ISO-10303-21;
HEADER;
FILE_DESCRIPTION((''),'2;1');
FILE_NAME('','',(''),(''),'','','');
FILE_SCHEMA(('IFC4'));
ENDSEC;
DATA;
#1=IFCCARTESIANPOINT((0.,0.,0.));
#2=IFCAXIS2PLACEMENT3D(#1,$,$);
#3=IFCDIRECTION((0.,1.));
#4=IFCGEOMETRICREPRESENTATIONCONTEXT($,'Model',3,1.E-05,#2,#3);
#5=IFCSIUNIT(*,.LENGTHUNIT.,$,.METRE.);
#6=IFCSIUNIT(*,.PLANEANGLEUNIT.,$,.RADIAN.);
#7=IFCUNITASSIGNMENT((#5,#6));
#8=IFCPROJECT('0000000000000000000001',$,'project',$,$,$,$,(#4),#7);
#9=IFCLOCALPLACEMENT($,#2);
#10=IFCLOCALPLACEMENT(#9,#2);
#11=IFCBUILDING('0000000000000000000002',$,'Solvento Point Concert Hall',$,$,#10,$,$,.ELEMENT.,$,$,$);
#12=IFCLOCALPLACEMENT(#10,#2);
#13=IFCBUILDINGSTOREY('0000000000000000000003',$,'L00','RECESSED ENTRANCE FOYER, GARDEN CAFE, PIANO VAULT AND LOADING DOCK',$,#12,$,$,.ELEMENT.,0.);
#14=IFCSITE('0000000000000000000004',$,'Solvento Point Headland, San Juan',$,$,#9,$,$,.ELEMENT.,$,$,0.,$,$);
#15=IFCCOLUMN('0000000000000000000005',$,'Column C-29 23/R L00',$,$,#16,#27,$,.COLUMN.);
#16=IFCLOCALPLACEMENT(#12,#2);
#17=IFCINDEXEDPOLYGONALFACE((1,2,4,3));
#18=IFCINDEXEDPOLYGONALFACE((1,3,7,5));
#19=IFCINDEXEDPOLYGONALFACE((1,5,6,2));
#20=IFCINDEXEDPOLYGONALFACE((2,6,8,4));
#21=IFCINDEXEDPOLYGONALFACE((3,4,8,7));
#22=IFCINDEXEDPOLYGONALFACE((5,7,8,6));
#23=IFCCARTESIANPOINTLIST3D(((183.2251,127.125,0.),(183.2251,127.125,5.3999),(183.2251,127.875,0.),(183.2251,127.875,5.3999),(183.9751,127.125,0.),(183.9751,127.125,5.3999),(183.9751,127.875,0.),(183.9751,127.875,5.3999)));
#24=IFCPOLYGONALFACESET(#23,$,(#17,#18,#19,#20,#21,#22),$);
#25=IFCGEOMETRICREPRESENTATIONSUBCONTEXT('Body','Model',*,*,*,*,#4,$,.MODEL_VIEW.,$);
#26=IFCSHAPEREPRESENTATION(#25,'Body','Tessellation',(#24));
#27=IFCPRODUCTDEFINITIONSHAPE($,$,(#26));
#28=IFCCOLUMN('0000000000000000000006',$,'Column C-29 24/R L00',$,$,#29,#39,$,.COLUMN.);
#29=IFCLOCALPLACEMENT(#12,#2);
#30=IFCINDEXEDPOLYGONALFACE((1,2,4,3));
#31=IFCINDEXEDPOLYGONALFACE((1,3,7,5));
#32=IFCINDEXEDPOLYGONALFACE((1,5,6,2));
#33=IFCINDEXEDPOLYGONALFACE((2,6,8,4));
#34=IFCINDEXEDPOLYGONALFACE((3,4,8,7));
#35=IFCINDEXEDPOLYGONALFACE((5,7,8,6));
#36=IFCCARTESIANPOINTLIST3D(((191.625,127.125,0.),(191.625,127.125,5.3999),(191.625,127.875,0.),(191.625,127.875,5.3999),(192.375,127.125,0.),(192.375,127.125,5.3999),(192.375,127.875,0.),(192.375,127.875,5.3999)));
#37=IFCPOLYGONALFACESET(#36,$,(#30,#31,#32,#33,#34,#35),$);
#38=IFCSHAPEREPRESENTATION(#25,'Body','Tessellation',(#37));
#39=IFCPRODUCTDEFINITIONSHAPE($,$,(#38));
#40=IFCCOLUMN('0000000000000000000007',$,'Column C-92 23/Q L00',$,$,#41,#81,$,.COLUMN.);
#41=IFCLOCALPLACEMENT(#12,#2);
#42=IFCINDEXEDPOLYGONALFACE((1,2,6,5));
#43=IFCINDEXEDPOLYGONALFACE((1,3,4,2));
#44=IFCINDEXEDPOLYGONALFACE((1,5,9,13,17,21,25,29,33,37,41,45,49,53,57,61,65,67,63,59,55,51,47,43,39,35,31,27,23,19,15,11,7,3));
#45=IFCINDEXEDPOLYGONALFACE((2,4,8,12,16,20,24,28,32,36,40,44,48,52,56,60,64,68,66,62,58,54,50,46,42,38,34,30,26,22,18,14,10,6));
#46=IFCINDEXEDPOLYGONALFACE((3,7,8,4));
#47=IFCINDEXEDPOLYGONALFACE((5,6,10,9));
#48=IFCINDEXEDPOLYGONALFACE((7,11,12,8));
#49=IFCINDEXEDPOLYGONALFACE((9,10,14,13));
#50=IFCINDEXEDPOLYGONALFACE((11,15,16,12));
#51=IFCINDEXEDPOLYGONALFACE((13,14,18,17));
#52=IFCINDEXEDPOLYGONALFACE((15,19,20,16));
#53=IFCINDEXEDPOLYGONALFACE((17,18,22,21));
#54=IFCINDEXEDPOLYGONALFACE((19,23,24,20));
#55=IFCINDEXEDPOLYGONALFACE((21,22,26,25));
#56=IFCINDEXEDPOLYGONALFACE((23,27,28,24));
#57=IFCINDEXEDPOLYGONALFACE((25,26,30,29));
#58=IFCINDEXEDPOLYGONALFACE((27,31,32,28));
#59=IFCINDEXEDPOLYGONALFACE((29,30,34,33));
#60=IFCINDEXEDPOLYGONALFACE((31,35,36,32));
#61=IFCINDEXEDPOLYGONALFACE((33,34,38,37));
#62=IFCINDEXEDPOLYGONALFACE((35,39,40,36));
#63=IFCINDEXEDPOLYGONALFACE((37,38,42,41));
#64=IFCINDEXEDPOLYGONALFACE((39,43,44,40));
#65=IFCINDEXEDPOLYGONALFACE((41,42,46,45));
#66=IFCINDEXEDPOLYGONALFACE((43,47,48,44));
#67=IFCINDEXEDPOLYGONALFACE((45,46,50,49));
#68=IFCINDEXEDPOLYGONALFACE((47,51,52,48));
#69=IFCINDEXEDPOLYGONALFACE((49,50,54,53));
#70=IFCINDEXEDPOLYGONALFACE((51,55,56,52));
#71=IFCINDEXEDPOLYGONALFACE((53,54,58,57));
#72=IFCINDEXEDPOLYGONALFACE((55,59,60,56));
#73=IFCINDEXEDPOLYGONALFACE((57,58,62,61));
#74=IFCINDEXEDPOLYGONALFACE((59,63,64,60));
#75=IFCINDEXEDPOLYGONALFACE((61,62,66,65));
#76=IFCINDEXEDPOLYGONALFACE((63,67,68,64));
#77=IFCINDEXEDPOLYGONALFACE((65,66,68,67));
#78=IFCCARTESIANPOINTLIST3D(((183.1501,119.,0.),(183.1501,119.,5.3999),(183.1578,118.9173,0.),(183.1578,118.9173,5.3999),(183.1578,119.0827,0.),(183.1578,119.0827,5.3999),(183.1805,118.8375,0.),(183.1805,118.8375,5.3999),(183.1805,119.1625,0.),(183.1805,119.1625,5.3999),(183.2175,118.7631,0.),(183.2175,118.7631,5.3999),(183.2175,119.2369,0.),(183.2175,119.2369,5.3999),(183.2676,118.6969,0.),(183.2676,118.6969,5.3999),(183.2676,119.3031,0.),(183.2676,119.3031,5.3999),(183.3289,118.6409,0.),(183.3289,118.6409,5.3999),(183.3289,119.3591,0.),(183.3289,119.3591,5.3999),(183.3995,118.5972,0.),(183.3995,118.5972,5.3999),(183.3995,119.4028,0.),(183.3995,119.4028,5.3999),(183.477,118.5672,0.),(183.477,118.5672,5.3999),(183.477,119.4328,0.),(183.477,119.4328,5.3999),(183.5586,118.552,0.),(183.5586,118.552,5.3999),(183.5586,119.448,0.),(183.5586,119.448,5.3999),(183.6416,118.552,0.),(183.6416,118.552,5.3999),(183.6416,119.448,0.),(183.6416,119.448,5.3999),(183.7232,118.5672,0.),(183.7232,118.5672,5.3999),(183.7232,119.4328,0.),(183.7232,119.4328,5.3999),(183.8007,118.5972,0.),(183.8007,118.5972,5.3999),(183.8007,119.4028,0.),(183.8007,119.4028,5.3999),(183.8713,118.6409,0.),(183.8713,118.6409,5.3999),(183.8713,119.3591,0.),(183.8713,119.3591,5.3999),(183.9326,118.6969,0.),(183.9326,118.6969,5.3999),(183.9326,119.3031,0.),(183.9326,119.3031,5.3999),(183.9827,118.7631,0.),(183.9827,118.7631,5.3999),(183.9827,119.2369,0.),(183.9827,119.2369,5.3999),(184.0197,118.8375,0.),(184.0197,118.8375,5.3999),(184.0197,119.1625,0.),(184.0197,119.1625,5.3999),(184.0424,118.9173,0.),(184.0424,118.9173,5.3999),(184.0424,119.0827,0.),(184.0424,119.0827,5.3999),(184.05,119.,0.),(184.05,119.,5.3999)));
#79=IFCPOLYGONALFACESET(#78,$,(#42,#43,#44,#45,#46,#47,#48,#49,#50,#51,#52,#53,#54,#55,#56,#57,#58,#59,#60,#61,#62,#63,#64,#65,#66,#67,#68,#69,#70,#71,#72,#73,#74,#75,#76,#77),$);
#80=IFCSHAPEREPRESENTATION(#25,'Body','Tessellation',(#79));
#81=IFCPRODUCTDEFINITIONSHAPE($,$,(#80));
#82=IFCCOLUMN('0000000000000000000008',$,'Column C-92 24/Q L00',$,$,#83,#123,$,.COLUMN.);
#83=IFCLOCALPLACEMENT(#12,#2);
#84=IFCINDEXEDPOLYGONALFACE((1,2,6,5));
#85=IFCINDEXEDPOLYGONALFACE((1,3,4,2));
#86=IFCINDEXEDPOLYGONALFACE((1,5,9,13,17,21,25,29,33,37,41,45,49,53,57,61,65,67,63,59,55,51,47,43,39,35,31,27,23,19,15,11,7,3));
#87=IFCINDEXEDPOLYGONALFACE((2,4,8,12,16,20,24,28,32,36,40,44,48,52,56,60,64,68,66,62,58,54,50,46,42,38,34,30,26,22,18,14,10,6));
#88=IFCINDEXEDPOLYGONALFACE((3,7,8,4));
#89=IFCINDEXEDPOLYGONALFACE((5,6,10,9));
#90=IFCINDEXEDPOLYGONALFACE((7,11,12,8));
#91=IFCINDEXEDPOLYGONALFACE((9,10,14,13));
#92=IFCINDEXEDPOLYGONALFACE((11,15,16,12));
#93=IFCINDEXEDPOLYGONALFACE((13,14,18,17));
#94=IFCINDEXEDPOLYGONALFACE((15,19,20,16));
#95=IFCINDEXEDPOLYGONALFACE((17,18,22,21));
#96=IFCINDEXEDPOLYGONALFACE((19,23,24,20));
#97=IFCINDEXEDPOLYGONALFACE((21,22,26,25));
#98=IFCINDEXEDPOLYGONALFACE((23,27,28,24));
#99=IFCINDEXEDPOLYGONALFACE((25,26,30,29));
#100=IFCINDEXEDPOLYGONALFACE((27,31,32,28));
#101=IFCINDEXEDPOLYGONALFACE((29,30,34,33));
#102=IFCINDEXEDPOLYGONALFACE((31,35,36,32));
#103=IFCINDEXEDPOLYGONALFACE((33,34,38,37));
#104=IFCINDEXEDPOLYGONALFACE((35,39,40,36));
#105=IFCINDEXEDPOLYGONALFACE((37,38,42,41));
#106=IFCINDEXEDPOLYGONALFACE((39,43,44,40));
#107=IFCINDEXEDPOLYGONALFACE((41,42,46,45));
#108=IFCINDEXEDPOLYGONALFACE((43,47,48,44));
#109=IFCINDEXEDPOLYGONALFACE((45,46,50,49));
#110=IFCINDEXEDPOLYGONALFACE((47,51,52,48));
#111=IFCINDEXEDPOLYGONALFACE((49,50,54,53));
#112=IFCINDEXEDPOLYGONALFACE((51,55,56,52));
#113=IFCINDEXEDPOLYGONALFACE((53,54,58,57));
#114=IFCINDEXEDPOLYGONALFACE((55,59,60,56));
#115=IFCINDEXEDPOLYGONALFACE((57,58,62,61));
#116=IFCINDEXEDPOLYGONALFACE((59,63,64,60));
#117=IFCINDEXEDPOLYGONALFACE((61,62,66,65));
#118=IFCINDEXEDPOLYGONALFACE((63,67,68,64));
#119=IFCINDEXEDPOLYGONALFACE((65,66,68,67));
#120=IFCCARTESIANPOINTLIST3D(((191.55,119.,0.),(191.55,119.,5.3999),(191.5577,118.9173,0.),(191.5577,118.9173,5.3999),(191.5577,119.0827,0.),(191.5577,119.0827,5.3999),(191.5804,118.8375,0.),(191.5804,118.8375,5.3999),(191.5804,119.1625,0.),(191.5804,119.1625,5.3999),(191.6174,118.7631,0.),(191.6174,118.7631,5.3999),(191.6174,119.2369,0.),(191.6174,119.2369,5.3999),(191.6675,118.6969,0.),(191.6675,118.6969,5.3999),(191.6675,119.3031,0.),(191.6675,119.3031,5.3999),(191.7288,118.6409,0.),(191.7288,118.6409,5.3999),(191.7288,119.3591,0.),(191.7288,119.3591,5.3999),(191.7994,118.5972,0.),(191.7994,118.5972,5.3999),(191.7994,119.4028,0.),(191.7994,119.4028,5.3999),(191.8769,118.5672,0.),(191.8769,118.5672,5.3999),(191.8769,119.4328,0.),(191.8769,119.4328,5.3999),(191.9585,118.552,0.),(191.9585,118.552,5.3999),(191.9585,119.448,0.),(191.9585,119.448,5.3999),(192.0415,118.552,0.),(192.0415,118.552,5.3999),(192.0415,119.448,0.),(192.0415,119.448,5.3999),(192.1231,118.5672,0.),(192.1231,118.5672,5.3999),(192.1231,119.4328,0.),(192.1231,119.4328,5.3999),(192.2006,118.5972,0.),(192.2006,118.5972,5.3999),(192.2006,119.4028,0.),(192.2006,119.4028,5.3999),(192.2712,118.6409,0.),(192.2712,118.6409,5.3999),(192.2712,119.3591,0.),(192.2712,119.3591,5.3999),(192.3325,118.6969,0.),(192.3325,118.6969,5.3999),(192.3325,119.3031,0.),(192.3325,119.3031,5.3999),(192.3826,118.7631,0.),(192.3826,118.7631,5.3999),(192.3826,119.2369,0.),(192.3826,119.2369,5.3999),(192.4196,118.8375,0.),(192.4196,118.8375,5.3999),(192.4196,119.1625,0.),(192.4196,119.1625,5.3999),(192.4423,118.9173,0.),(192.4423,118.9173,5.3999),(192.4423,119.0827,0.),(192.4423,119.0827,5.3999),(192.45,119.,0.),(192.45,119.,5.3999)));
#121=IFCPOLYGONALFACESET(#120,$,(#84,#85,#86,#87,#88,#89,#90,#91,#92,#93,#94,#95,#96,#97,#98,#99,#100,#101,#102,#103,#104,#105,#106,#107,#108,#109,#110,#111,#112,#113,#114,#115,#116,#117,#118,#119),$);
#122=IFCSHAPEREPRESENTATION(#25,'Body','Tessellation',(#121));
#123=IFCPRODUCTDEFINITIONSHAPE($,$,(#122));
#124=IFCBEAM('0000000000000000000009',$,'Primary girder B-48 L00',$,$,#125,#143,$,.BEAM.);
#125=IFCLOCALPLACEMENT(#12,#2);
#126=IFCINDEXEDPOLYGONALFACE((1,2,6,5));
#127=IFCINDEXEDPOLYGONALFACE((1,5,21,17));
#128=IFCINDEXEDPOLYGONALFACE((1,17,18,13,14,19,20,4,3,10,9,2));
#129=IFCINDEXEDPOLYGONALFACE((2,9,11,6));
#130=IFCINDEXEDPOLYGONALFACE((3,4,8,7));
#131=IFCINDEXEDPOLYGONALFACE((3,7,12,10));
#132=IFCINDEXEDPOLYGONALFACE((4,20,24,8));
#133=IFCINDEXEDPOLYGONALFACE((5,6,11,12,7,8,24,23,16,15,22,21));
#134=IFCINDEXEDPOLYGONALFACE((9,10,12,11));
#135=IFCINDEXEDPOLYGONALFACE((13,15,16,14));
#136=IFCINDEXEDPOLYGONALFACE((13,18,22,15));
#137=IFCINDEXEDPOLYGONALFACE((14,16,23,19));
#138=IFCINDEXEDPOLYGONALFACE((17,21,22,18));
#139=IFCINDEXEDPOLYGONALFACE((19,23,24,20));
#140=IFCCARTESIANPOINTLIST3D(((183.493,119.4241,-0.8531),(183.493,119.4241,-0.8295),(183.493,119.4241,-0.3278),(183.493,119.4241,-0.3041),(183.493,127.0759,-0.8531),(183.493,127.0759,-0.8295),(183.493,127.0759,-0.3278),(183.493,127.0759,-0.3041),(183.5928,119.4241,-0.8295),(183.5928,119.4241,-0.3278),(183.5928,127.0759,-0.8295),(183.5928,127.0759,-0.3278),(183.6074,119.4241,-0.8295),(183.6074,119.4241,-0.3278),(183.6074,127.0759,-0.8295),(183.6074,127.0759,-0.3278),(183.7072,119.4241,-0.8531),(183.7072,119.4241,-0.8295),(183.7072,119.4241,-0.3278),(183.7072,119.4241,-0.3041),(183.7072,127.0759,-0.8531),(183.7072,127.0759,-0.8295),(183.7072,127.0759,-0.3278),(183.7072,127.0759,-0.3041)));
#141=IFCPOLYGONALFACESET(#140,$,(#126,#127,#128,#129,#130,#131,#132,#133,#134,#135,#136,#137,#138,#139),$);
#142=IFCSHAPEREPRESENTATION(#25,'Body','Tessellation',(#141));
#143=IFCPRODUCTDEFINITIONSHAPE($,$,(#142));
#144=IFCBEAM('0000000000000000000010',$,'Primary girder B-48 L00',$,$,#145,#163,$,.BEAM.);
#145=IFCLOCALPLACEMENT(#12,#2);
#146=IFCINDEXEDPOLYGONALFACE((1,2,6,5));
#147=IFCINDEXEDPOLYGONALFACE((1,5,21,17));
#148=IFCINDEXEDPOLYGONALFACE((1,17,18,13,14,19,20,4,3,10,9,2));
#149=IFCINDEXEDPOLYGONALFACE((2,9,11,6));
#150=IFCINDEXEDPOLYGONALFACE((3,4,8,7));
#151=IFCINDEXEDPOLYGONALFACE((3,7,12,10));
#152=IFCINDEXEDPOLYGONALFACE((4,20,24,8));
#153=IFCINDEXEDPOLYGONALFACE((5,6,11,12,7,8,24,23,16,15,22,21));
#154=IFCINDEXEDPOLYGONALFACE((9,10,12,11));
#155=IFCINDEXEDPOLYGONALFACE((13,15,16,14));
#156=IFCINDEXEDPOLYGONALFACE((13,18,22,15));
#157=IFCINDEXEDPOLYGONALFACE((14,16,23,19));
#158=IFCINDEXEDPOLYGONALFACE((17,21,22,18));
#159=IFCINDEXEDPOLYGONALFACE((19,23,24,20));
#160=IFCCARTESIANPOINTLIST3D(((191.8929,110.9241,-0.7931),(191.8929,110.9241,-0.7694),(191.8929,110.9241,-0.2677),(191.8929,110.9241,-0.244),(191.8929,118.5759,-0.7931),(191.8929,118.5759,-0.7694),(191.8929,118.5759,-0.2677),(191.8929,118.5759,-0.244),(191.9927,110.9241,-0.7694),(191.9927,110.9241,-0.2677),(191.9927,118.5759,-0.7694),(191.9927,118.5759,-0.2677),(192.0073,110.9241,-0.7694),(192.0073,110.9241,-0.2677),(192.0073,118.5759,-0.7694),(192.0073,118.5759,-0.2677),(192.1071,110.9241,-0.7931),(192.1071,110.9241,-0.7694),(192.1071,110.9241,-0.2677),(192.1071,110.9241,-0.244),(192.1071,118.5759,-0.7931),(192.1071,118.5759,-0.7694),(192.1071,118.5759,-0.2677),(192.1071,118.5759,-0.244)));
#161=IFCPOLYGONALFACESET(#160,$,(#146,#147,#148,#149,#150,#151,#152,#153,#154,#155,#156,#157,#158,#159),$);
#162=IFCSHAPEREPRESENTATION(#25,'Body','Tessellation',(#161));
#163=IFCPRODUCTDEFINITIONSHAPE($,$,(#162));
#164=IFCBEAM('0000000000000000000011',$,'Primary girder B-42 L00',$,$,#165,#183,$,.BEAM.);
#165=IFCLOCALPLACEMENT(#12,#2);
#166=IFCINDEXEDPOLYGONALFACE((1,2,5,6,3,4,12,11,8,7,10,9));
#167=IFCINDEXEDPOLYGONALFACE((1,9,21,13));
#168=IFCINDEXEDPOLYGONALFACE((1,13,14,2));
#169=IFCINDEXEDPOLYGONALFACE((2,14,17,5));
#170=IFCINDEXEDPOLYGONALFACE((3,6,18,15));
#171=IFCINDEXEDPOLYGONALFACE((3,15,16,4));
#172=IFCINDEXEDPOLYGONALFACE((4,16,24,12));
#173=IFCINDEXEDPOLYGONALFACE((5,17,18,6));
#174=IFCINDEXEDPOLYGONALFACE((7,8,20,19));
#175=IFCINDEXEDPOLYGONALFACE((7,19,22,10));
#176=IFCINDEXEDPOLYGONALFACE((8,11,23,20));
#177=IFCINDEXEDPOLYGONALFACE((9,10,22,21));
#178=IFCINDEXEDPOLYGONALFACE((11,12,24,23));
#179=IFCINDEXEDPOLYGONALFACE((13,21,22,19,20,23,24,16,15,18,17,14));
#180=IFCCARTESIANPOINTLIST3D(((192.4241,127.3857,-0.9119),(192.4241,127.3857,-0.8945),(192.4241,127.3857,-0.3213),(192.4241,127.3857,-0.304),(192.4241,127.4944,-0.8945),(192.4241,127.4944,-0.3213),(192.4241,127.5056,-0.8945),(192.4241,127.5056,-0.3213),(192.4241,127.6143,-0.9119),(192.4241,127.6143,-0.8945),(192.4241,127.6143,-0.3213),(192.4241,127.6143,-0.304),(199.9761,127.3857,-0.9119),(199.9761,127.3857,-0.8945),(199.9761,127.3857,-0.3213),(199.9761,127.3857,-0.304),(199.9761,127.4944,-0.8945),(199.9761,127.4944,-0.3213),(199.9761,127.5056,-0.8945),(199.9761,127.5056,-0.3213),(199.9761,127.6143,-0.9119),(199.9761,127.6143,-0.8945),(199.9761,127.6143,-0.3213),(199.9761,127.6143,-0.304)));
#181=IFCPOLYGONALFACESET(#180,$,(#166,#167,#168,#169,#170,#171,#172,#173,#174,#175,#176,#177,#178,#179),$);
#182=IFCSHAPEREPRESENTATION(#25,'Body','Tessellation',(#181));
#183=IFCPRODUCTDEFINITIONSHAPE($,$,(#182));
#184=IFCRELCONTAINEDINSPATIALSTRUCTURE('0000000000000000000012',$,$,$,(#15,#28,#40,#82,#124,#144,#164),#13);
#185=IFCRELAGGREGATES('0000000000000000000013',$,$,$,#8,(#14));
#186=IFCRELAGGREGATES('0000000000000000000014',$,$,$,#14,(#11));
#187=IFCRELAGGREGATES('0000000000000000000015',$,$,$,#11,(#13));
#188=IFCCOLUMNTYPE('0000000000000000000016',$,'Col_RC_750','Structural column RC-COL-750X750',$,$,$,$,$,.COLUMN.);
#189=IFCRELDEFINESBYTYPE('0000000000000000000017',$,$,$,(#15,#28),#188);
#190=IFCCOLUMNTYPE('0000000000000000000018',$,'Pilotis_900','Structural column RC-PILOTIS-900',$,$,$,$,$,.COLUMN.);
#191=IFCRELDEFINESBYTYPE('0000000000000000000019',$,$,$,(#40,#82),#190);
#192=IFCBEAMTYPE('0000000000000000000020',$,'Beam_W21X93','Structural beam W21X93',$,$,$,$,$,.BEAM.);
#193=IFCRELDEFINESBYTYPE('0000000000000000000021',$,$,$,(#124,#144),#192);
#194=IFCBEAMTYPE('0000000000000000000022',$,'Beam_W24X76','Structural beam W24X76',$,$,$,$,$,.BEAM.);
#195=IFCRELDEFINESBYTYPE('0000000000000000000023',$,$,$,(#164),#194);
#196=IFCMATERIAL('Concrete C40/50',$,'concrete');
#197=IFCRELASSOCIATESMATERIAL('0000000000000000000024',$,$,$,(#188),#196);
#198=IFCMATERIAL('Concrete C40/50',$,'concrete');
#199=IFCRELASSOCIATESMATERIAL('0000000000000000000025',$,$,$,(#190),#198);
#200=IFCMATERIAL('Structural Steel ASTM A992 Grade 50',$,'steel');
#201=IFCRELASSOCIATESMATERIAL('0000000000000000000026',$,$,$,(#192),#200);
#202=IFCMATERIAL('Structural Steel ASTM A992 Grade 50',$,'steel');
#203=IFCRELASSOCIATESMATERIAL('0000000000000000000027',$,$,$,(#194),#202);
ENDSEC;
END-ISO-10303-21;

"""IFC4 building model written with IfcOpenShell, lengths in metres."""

from ifc_helpers import new_model, si_unit, direction, frame, origin, origin_2d, place, context, subcontext, project, spatial, rectangle, circle, i_section, extrude, material, material_profile, profile_set, type_object, element, save


model = new_model("IFC4")

# Units and contexts
model_context = context("Model", 3, precision=1e-05, world=origin(), true_north=direction((0.0, 1.0)))
body_context = subcontext(model_context, "Body", "Model", "MODEL_VIEW")
ifc_project = project(units=[si_unit("LENGTHUNIT", "METRE"), si_unit("PLANEANGLEUNIT", "RADIAN")], contexts=[model_context])

# Site, building, storey
site_placement = place(None, origin())
site = spatial("IfcSite", under=ifc_project, at=site_placement, Name="Solvento Point Headland, San Juan", CompositionType="ELEMENT", RefElevation=0.0)
building_placement = place(site_placement, origin())
building = spatial("IfcBuilding", under=site, at=building_placement, Name="Solvento Point Concert Hall", CompositionType="ELEMENT")
storey_placement = place(building_placement, origin())
storey = spatial("IfcBuildingStorey", under=building, at=storey_placement, Name="L00", Description="RECESSED ENTRANCE FOYER, GARDEN CAFE, PIANO VAULT AND LOADING DOCK", CompositionType="ELEMENT", Elevation=0.0)

# Columns
ifc_material_1 = material(Name="Concrete C40/50", Category="concrete")
ifc_material_profile_1 = material_profile(ifc_material_1, rectangle(XDim=0.75, YDim=0.75, at=origin_2d()), Name="RC-COL-750X750")
ifc_profile_set_1 = profile_set([ifc_material_profile_1], Name="Concrete C40/50")
column_type_1 = type_object("IfcColumnType", Name="Col_RC_750", Description="Structural column RC-COL-750X750", PredefinedType="COLUMN", material=ifc_profile_set_1)
for number, where, z_axis, x_axis, name in (
    (1, (183.6001, 127.5, 0.0), (0.0, 0.0, 1.0), (1.0, 0.0, 0.0), "Column C-29 23/R L00"),
    (2, (192.0, 127.5, 0.0), (0.0, 0.0, 1.0), (1.0, 0.0, 0.0), "Column C-29 24/R L00"),
):
    element("IfcColumn", number, at=place(storey_placement, frame(where, z_axis=z_axis, x_axis=x_axis)), inside=storey, type_object=column_type_1, Name=name, PredefinedType="COLUMN", context=body_context, shape_type="SweptSolid", body=[
        extrude(rectangle(XDim=0.75, YDim=0.75, at=origin_2d()), origin(), (0.0, 0.0, 1.0), 5.3999),
    ])
ifc_material_2 = material(Name="Concrete C40/50", Category="concrete")
ifc_material_profile_2 = material_profile(ifc_material_2, circle(Radius=0.45, at=origin_2d()), Name="RC-PILOTIS-900")
ifc_profile_set_2 = profile_set([ifc_material_profile_2], Name="Concrete C40/50")
column_type_2 = type_object("IfcColumnType", Name="Pilotis_900", Description="Structural column RC-PILOTIS-900", PredefinedType="COLUMN", material=ifc_profile_set_2)
for number, where, z_axis, x_axis, name in (
    (3, (183.6001, 119.0, 0.0), (0.0, 0.0, 1.0), (1.0, 0.0, 0.0), "Column C-92 23/Q L00"),
    (4, (192.0, 119.0, 0.0), (0.0, 0.0, 1.0), (1.0, 0.0, 0.0), "Column C-92 24/Q L00"),
):
    element("IfcColumn", number, at=place(storey_placement, frame(where, z_axis=z_axis, x_axis=x_axis)), inside=storey, type_object=column_type_2, Name=name, PredefinedType="COLUMN", context=body_context, shape_type="SweptSolid", body=[
        extrude(circle(Radius=0.45, at=origin_2d()), origin(), (0.0, 0.0, 1.0), 5.3999),
    ])

# Beams
ifc_material_3 = material(Name="Structural Steel ASTM A992 Grade 50", Category="steel")
ifc_material_profile_3 = material_profile(ifc_material_3, i_section(OverallWidth=0.2141, OverallDepth=0.5491, WebThickness=0.0146, FlangeThickness=0.0237, at=origin_2d()), Name="W21X93")
ifc_profile_set_3 = profile_set([ifc_material_profile_3], Name="Structural Steel ASTM A992 Grade 50")
beam_type_1 = type_object("IfcBeamType", Name="Beam_W21X93", Description="Structural beam W21X93", PredefinedType="BEAM", material=ifc_profile_set_3)
for number, where, z_axis, x_axis, name in (
    (5, (183.6001, 119.4241, -0.5786), (0.0, 1.0, 0.0), (-1.0, 0.0, 0.0), "Primary girder B-48 L00"),
    (6, (192.0, 110.9241, -0.5186), (0.0, 1.0, 0.0), (-1.0, 0.0, 0.0), "Primary girder B-48 L00"),
):
    element("IfcBeam", number, at=place(storey_placement, frame(where, z_axis=z_axis, x_axis=x_axis)), inside=storey, type_object=beam_type_1, Name=name, PredefinedType="BEAM", context=body_context, shape_type="SweptSolid", body=[
        extrude(i_section(OverallWidth=0.2141, OverallDepth=0.5491, WebThickness=0.0146, FlangeThickness=0.0237, at=origin_2d()), origin(), (0.0, 0.0, 1.0), 7.6519),
    ])
ifc_material_4 = material(Name="Structural Steel ASTM A992 Grade 50", Category="steel")
ifc_material_profile_4 = material_profile(ifc_material_4, i_section(OverallWidth=0.2285, OverallDepth=0.6079, WebThickness=0.0112, FlangeThickness=0.0173, at=origin_2d()), Name="W24X76")
ifc_profile_set_4 = profile_set([ifc_material_profile_4], Name="Structural Steel ASTM A992 Grade 50")
beam_type_2 = type_object("IfcBeamType", Name="Beam_W24X76", Description="Structural beam W24X76", PredefinedType="BEAM", material=ifc_profile_set_4)
beam_1_placement = place(storey_placement, frame((192.4241, 127.5, -0.6079), z_axis=(1.0, 0.0, 0.0), x_axis=(0.0, 1.0, 0.0)))
element("IfcBeam", 7, at=beam_1_placement, inside=storey, type_object=beam_type_2, Name="Primary girder B-42 L00", PredefinedType="BEAM", context=body_context, shape_type="SweptSolid", body=[
    extrude(i_section(OverallWidth=0.2285, OverallDepth=0.6079, WebThickness=0.0112, FlangeThickness=0.0173, at=origin_2d()), origin(), (0.0, 0.0, 1.0), 7.552),
])

save(model, "model.ifc")
